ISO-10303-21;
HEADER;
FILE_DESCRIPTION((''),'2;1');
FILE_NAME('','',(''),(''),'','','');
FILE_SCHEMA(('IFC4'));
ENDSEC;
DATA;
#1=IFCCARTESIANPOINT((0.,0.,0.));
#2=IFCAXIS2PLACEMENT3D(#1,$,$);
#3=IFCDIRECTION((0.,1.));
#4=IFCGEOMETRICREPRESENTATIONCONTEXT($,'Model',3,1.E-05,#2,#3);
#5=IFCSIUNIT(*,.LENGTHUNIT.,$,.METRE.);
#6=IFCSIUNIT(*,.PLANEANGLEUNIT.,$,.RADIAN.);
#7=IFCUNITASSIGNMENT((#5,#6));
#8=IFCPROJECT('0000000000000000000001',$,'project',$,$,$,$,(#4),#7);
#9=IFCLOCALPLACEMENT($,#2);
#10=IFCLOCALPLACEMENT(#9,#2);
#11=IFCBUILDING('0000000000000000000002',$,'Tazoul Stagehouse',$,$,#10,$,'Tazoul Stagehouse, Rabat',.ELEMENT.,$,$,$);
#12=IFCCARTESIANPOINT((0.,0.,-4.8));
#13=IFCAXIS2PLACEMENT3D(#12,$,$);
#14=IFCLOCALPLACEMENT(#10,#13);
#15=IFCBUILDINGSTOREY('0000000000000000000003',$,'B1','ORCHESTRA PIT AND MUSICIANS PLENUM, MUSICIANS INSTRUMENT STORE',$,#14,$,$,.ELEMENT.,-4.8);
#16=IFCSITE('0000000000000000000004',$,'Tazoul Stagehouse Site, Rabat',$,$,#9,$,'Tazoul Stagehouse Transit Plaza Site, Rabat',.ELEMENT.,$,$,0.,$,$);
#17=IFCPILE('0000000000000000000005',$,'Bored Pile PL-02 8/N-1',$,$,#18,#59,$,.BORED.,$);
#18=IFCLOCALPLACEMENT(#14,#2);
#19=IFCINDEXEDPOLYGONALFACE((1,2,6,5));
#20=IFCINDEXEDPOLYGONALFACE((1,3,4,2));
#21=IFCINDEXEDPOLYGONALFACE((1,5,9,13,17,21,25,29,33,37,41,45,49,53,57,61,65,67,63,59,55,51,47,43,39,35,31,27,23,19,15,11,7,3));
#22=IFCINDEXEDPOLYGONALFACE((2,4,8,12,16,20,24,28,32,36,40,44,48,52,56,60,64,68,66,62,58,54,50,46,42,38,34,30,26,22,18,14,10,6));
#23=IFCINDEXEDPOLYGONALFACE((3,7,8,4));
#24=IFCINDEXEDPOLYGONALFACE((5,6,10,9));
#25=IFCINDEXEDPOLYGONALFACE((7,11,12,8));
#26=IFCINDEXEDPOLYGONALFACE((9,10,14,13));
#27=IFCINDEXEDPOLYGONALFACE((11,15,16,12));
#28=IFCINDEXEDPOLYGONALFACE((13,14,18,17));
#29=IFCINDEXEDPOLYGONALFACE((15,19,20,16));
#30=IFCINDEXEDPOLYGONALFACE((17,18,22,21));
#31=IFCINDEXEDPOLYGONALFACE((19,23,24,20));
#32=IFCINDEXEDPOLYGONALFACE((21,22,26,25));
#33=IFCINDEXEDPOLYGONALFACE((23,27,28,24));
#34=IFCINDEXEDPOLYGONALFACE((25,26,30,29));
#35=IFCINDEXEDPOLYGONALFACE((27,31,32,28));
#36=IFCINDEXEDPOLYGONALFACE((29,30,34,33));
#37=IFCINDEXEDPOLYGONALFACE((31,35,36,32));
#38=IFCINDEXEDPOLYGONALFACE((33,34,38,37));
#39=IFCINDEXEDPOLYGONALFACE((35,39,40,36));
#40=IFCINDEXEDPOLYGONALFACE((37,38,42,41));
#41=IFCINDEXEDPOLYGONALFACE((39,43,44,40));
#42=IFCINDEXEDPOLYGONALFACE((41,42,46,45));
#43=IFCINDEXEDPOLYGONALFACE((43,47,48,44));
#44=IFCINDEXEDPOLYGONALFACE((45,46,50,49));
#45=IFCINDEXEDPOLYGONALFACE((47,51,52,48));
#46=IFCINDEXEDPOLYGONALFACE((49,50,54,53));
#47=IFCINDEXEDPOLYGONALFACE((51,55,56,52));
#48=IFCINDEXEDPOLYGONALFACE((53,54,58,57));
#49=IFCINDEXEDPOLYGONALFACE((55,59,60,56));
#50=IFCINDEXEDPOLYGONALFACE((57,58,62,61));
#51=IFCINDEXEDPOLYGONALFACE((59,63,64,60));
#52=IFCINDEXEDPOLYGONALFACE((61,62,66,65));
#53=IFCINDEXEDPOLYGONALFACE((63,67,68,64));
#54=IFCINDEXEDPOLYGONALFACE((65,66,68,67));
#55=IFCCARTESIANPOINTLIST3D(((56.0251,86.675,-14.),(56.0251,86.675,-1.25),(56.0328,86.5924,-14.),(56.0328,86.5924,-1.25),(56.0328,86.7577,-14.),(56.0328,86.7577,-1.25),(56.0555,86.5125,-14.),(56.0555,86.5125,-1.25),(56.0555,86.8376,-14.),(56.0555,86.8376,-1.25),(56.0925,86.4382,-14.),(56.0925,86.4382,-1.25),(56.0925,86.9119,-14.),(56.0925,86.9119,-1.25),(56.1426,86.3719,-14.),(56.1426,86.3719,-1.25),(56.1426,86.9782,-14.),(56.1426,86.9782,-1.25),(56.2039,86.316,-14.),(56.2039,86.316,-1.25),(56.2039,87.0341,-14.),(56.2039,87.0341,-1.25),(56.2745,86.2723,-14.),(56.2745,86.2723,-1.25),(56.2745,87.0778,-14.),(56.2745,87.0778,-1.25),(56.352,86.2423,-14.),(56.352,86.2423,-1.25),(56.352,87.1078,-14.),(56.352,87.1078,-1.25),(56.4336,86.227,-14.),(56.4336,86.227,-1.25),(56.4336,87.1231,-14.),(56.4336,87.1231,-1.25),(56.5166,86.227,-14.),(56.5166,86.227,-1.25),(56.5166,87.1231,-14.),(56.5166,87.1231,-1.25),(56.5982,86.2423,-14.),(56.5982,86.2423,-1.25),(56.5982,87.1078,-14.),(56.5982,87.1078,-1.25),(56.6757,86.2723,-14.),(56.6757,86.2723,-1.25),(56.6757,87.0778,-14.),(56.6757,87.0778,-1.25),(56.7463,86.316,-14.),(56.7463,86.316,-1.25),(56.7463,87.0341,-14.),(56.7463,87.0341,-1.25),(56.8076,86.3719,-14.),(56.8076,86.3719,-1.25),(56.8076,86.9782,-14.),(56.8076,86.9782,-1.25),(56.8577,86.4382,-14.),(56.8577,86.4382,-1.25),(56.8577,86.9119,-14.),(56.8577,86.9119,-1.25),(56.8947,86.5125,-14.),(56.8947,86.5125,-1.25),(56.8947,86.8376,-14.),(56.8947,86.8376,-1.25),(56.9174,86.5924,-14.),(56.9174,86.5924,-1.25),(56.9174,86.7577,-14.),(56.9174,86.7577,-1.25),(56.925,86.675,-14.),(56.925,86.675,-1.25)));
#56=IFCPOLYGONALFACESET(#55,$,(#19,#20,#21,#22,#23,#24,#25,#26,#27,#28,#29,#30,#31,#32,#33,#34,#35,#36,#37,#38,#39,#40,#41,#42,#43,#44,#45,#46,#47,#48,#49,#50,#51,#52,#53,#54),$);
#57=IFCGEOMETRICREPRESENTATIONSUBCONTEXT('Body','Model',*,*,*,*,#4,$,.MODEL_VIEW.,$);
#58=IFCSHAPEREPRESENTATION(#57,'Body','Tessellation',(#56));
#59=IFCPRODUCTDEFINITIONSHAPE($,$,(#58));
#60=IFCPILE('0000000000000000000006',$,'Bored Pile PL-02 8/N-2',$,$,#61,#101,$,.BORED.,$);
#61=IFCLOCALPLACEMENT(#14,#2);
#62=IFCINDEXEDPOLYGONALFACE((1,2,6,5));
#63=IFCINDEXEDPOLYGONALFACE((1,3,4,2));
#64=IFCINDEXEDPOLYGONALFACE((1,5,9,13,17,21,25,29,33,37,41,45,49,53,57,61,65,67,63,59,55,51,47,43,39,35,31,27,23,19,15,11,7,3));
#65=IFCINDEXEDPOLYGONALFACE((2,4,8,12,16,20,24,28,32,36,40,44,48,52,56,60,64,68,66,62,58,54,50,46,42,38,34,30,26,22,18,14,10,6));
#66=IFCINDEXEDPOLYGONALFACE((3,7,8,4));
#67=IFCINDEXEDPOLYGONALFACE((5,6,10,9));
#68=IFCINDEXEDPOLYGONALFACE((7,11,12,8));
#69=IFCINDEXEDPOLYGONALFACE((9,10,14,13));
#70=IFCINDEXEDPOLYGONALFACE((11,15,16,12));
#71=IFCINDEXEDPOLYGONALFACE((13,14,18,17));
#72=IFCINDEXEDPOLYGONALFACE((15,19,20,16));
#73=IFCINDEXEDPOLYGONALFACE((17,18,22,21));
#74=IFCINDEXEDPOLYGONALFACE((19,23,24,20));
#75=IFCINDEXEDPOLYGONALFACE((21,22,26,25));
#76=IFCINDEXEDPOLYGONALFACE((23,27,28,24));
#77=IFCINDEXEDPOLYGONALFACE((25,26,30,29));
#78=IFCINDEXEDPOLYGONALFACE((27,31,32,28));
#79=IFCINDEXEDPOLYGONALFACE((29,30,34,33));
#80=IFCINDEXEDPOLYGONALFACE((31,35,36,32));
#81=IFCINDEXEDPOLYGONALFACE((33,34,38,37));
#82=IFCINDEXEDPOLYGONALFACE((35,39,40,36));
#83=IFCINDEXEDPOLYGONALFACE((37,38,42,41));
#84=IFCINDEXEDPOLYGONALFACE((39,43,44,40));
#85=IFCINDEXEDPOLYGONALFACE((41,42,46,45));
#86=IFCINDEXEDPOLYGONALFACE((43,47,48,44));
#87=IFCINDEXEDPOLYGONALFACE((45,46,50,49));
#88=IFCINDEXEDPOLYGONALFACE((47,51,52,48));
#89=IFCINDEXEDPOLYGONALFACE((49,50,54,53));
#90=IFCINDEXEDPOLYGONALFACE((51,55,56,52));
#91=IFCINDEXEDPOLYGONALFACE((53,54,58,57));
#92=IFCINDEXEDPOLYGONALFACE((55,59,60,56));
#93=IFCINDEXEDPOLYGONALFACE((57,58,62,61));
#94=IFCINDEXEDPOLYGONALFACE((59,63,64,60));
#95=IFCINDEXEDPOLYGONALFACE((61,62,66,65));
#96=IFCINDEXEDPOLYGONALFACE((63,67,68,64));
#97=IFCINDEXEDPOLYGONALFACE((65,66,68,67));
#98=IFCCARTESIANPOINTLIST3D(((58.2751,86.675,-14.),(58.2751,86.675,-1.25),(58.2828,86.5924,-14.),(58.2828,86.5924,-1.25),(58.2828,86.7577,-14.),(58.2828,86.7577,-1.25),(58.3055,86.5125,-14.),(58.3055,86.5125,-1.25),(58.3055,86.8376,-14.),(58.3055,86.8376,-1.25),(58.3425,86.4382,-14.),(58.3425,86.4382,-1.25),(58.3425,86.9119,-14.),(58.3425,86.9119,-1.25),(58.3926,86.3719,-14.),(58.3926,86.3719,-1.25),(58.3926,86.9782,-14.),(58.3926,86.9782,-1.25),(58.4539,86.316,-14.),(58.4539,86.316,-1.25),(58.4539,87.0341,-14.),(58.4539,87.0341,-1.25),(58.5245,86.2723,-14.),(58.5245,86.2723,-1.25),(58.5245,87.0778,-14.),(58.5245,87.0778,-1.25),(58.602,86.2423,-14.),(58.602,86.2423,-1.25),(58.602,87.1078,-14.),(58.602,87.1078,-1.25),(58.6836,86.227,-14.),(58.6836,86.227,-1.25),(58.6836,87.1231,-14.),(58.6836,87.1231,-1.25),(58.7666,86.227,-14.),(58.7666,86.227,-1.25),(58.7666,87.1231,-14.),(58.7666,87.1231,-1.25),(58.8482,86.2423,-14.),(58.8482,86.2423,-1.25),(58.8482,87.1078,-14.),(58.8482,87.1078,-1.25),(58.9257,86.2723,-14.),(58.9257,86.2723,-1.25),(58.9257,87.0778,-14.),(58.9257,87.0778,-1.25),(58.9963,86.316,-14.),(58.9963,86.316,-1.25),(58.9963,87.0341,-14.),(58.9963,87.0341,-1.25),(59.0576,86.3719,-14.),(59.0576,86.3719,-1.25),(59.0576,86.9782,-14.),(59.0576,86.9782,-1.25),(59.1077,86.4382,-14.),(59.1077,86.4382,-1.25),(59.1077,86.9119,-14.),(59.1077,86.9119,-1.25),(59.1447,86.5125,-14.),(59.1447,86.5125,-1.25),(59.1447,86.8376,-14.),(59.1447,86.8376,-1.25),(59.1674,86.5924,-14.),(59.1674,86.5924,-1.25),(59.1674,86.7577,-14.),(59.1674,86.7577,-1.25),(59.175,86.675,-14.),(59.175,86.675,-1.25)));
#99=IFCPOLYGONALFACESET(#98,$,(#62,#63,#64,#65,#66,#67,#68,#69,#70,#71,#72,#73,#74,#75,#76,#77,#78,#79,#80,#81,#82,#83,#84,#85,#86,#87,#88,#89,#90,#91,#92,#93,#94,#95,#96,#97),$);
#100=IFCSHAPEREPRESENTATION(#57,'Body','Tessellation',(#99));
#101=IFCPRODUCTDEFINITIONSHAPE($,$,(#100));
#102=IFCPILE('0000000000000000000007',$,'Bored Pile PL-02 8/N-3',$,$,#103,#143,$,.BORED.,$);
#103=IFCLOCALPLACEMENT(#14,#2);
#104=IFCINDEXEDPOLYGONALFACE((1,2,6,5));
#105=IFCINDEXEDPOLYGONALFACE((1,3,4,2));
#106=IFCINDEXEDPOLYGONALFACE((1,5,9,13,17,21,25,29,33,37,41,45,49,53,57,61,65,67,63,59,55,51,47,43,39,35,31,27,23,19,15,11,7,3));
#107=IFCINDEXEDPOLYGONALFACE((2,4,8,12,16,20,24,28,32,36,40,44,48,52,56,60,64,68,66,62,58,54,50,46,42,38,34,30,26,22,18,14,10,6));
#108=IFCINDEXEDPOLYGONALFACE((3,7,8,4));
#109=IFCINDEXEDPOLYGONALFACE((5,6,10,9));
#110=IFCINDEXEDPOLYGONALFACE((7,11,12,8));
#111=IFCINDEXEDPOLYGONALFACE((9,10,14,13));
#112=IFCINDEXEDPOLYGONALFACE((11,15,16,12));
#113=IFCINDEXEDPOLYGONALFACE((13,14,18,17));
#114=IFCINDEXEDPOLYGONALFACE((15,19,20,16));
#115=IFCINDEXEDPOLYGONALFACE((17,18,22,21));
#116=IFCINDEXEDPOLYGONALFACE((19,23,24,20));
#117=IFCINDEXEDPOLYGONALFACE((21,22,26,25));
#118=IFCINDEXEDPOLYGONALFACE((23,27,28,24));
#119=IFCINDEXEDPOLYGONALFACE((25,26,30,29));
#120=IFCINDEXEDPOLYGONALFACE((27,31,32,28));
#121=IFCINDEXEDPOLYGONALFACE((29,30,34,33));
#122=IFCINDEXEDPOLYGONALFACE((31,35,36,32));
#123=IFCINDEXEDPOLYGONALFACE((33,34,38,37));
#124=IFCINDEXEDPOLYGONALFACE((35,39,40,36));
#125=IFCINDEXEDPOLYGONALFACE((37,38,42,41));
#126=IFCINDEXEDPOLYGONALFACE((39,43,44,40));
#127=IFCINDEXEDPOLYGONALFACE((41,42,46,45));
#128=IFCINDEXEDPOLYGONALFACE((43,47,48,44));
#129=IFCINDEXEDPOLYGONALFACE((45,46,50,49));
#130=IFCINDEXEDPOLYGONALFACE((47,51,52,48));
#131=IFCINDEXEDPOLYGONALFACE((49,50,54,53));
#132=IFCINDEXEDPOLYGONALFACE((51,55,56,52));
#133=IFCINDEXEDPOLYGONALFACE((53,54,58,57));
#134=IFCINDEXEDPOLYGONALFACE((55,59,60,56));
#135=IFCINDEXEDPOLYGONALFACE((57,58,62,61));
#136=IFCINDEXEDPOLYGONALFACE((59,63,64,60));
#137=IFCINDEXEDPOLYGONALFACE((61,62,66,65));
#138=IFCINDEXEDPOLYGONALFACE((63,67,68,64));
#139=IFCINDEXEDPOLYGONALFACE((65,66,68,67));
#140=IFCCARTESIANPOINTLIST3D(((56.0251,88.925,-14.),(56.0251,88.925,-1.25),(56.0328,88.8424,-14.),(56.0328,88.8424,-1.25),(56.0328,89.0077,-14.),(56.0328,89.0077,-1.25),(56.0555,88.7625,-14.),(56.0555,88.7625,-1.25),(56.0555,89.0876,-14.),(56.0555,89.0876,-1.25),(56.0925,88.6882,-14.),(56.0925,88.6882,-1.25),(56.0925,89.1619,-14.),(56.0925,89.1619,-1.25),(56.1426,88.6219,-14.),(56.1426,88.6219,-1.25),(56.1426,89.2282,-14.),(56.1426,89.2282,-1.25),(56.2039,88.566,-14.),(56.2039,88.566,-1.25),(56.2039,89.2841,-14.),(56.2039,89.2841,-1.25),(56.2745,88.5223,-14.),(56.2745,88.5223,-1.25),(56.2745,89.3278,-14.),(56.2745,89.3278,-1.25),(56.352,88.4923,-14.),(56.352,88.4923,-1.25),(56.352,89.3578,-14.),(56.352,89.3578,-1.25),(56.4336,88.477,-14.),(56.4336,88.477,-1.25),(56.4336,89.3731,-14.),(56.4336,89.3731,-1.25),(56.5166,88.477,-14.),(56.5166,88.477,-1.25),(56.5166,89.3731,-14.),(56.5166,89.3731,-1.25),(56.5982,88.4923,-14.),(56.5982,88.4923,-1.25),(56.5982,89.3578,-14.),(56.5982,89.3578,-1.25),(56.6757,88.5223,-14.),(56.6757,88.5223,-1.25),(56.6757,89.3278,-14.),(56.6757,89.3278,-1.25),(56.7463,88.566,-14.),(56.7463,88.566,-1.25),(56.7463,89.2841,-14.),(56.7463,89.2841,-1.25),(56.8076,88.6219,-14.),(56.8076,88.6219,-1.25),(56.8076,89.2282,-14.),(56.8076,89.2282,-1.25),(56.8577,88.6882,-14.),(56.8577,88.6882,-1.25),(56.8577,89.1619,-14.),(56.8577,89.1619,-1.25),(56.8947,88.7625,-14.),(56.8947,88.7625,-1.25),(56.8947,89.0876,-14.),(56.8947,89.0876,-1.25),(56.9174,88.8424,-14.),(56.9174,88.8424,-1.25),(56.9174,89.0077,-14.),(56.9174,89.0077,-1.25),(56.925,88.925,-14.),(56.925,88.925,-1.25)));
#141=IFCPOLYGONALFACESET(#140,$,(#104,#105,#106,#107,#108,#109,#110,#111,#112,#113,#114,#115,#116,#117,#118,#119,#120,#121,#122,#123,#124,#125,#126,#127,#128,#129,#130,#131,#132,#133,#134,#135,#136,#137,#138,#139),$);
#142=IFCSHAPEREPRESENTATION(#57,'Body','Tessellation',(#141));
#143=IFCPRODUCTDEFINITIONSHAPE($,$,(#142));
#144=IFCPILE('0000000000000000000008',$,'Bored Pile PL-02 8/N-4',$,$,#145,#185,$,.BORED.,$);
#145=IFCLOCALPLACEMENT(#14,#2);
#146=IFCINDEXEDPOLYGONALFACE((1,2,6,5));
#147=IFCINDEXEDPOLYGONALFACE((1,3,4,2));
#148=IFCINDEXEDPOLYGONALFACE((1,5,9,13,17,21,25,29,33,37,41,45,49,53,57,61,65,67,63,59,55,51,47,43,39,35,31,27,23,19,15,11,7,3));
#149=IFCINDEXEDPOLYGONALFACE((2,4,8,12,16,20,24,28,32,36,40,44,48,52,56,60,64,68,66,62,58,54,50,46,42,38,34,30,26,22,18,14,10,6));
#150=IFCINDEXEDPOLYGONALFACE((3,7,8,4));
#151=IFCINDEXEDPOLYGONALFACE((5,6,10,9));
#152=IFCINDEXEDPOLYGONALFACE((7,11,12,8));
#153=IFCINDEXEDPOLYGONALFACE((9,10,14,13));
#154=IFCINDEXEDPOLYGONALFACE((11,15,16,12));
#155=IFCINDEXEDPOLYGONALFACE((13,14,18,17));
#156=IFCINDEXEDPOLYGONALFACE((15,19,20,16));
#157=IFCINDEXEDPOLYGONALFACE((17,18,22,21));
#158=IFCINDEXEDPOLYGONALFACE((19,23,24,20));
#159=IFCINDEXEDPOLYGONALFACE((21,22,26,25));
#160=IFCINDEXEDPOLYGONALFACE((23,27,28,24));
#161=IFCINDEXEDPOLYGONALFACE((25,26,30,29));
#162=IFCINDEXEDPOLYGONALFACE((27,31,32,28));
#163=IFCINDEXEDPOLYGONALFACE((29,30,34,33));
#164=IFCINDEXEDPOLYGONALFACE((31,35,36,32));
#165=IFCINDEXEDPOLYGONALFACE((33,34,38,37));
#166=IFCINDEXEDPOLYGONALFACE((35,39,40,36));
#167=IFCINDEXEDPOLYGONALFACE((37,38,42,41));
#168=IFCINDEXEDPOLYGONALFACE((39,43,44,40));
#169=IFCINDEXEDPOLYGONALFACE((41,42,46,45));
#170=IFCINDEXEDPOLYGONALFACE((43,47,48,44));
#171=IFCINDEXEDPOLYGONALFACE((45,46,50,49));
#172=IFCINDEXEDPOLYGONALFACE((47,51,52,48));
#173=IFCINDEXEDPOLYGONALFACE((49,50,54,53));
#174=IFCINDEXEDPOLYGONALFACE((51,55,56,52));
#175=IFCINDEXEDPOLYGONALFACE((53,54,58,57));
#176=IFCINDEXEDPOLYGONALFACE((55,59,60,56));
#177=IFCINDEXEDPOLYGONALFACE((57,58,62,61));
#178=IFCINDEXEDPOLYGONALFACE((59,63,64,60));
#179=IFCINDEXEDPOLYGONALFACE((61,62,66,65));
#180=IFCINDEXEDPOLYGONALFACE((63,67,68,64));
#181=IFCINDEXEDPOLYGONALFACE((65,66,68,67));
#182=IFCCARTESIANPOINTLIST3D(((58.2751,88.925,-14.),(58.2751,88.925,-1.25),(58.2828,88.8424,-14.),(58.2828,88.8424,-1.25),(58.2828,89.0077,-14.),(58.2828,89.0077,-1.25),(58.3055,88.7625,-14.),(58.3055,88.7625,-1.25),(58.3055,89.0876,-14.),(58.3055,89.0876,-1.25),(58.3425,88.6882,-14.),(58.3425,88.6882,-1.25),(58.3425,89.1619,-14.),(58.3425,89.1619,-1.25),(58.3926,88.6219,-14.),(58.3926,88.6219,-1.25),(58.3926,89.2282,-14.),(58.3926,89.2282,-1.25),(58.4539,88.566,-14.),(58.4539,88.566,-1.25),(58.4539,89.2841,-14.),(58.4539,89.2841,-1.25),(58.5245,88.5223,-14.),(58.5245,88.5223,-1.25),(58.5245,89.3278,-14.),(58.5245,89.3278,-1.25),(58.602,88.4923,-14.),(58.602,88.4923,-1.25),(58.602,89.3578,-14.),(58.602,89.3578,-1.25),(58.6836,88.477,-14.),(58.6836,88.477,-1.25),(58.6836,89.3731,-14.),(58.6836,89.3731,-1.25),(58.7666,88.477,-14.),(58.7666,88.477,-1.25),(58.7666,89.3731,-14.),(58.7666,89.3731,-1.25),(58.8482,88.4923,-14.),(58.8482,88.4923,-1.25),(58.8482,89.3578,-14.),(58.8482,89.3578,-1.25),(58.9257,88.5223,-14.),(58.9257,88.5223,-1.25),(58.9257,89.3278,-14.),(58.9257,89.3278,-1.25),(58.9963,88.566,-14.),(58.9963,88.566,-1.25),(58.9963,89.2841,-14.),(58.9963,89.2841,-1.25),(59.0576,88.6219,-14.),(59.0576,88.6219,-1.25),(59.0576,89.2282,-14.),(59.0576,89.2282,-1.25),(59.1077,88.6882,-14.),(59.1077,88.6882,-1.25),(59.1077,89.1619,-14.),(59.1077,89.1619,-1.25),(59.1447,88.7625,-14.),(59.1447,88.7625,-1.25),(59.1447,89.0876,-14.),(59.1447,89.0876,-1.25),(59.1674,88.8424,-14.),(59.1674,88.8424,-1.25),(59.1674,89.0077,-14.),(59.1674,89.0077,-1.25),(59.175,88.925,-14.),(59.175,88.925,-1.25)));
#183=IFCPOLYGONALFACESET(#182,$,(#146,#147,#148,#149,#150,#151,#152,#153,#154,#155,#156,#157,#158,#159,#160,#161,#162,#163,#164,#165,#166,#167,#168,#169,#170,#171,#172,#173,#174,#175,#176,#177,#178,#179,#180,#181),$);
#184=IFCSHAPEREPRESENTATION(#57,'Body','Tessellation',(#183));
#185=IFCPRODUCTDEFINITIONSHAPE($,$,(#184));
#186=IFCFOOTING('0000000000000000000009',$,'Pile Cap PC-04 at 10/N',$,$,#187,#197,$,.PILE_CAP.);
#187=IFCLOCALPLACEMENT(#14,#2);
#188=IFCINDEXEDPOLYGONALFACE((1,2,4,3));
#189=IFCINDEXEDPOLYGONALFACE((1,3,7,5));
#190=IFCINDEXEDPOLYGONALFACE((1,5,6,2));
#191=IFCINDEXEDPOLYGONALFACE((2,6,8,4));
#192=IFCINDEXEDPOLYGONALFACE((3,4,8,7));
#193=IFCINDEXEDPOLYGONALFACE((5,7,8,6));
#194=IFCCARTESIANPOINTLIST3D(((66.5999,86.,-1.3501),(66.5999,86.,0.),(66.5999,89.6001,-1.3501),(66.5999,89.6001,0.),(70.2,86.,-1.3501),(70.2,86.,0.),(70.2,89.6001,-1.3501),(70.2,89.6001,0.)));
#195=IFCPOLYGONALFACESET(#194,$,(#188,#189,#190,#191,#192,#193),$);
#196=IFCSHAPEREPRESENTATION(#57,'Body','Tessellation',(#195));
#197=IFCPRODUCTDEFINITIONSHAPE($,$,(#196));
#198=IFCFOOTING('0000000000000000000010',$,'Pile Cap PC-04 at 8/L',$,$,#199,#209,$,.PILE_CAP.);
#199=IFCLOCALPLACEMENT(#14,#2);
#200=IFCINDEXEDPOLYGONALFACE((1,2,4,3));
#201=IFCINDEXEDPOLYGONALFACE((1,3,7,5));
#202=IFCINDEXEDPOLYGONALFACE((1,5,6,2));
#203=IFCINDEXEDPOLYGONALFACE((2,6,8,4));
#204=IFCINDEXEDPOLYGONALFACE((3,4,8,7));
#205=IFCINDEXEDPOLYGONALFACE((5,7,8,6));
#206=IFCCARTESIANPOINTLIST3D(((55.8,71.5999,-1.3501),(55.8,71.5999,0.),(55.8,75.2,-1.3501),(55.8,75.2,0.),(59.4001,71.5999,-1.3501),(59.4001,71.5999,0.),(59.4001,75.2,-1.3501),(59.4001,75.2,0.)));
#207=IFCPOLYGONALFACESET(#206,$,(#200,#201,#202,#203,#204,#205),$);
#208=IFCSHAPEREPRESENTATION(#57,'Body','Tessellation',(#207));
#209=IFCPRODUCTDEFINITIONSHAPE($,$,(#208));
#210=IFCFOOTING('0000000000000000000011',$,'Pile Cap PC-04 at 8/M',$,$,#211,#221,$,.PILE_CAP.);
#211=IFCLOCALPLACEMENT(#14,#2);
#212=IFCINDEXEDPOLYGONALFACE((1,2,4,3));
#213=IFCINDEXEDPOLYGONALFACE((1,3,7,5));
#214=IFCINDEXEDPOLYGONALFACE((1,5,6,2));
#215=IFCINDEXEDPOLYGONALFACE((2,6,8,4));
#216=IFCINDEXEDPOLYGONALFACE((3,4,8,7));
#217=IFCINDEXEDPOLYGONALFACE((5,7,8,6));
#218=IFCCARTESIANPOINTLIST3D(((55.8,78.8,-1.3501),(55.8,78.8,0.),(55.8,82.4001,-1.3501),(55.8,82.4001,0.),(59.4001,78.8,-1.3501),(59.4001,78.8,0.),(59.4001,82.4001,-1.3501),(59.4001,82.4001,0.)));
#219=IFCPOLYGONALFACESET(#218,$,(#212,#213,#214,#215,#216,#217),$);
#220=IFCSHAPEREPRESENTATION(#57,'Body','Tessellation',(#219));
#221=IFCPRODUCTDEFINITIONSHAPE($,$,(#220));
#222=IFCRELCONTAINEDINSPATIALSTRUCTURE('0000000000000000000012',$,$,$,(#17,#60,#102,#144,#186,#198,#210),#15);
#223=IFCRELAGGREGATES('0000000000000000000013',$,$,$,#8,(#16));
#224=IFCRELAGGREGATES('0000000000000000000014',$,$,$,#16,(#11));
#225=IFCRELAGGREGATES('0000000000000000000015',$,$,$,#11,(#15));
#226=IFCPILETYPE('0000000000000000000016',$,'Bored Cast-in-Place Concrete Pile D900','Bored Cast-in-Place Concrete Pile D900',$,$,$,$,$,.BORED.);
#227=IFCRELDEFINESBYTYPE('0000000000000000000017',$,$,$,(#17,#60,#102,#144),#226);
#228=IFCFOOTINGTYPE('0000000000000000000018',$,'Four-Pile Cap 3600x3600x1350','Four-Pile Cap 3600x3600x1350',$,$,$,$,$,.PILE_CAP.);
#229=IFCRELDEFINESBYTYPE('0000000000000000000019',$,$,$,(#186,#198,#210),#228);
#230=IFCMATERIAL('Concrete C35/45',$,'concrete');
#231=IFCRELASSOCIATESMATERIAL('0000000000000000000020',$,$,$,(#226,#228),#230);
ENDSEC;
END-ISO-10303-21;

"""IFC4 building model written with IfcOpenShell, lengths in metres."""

from ifc_helpers import new_model, si_unit, direction, frame, origin, origin_2d, place, context, subcontext, project, spatial, rectangle, circle, extrude, material, material_profile, profile_set, type_object, element, save


model = new_model("IFC4")

# Units and contexts
model_context = context("Model", 3, precision=1e-05, world=origin(), true_north=direction((0.0, 1.0)))
body_context = subcontext(model_context, "Body", "Model", "MODEL_VIEW")
ifc_project = project(units=[si_unit("LENGTHUNIT", "METRE"), si_unit("PLANEANGLEUNIT", "RADIAN")], contexts=[model_context])

# Site, building, storey
site_placement = place(None, origin())
site = spatial("IfcSite", under=ifc_project, at=site_placement, Name="Tazoul Stagehouse Site, Rabat", LongName="Tazoul Stagehouse Transit Plaza Site, Rabat", CompositionType="ELEMENT", RefElevation=0.0)
building_placement = place(site_placement, origin())
building = spatial("IfcBuilding", under=site, at=building_placement, Name="Tazoul Stagehouse", LongName="Tazoul Stagehouse, Rabat", CompositionType="ELEMENT")
storey_placement = place(building_placement, frame((0.0, 0.0, -4.8)))
storey = spatial("IfcBuildingStorey", under=building, at=storey_placement, Name="B1", Description="ORCHESTRA PIT AND MUSICIANS PLENUM, MUSICIANS INSTRUMENT STORE", CompositionType="ELEMENT", Elevation=-4.8)

# Piles
ifc_material_1 = material(Name="Concrete C35/45", Category="concrete")
ifc_material_profile_1 = material_profile(ifc_material_1, circle(Radius=0.45, at=origin_2d()), Name="BORED PILE 900")
ifc_profile_set_1 = profile_set([ifc_material_profile_1], Name="Concrete C35/45")
pile_type = type_object("IfcPileType", Name="Bored Cast-in-Place Concrete Pile D900", Description="Bored Cast-in-Place Concrete Pile D900", PredefinedType="BORED", material=ifc_profile_set_1)
for number, where, z_axis, x_axis, name in (
    (1, (56.4751, 86.675, -1.25), (0.0, 0.0, -1.0), (1.0, 0.0, 0.0), "Bored Pile PL-02 8/N-1"),
    (2, (58.7251, 86.675, -1.25), (0.0, 0.0, -1.0), (1.0, 0.0, 0.0), "Bored Pile PL-02 8/N-2"),
    (3, (56.4751, 88.925, -1.25), (0.0, 0.0, -1.0), (1.0, 0.0, 0.0), "Bored Pile PL-02 8/N-3"),
    (4, (58.7251, 88.925, -1.25), (0.0, 0.0, -1.0), (1.0, 0.0, 0.0), "Bored Pile PL-02 8/N-4"),
):
    element("IfcPile", number, at=place(storey_placement, frame(where, z_axis=z_axis, x_axis=x_axis)), inside=storey, type_object=pile_type, Name=name, PredefinedType="BORED", context=body_context, shape_type="SweptSolid", body=[
        extrude(circle(Radius=0.45, at=origin_2d()), origin(), (0.0, 0.0, 1.0), 12.75),
    ])

# Footings
footing_type_1 = type_object("IfcFootingType", Name="Four-Pile Cap 3600x3600x1350", Description="Four-Pile Cap 3600x3600x1350", PredefinedType="PILE_CAP", material=ifc_material_1)
for number, where, z_axis, x_axis, name in (
    (5, (68.3999, 87.8, -1.3501), (0.0, 0.0, 1.0), (1.0, 0.0, 0.0), "Pile Cap PC-04 at 10/N"),
    (6, (57.6001, 73.3999, -1.3501), (0.0, 0.0, 1.0), (1.0, 0.0, 0.0), "Pile Cap PC-04 at 8/L"),
    (7, (57.6001, 80.6001, -1.3501), (0.0, 0.0, 1.0), (1.0, 0.0, 0.0), "Pile Cap PC-04 at 8/M"),
):
    element("IfcFooting", number, at=place(storey_placement, frame(where, z_axis=z_axis, x_axis=x_axis)), inside=storey, type_object=footing_type_1, Name=name, PredefinedType="PILE_CAP", context=body_context, shape_type="SweptSolid", body=[
        extrude(rectangle(XDim=3.6001, YDim=3.6001, at=origin_2d()), origin(), (0.0, 0.0, 1.0), 1.3501),
    ])

save(model, "model.ifc")
